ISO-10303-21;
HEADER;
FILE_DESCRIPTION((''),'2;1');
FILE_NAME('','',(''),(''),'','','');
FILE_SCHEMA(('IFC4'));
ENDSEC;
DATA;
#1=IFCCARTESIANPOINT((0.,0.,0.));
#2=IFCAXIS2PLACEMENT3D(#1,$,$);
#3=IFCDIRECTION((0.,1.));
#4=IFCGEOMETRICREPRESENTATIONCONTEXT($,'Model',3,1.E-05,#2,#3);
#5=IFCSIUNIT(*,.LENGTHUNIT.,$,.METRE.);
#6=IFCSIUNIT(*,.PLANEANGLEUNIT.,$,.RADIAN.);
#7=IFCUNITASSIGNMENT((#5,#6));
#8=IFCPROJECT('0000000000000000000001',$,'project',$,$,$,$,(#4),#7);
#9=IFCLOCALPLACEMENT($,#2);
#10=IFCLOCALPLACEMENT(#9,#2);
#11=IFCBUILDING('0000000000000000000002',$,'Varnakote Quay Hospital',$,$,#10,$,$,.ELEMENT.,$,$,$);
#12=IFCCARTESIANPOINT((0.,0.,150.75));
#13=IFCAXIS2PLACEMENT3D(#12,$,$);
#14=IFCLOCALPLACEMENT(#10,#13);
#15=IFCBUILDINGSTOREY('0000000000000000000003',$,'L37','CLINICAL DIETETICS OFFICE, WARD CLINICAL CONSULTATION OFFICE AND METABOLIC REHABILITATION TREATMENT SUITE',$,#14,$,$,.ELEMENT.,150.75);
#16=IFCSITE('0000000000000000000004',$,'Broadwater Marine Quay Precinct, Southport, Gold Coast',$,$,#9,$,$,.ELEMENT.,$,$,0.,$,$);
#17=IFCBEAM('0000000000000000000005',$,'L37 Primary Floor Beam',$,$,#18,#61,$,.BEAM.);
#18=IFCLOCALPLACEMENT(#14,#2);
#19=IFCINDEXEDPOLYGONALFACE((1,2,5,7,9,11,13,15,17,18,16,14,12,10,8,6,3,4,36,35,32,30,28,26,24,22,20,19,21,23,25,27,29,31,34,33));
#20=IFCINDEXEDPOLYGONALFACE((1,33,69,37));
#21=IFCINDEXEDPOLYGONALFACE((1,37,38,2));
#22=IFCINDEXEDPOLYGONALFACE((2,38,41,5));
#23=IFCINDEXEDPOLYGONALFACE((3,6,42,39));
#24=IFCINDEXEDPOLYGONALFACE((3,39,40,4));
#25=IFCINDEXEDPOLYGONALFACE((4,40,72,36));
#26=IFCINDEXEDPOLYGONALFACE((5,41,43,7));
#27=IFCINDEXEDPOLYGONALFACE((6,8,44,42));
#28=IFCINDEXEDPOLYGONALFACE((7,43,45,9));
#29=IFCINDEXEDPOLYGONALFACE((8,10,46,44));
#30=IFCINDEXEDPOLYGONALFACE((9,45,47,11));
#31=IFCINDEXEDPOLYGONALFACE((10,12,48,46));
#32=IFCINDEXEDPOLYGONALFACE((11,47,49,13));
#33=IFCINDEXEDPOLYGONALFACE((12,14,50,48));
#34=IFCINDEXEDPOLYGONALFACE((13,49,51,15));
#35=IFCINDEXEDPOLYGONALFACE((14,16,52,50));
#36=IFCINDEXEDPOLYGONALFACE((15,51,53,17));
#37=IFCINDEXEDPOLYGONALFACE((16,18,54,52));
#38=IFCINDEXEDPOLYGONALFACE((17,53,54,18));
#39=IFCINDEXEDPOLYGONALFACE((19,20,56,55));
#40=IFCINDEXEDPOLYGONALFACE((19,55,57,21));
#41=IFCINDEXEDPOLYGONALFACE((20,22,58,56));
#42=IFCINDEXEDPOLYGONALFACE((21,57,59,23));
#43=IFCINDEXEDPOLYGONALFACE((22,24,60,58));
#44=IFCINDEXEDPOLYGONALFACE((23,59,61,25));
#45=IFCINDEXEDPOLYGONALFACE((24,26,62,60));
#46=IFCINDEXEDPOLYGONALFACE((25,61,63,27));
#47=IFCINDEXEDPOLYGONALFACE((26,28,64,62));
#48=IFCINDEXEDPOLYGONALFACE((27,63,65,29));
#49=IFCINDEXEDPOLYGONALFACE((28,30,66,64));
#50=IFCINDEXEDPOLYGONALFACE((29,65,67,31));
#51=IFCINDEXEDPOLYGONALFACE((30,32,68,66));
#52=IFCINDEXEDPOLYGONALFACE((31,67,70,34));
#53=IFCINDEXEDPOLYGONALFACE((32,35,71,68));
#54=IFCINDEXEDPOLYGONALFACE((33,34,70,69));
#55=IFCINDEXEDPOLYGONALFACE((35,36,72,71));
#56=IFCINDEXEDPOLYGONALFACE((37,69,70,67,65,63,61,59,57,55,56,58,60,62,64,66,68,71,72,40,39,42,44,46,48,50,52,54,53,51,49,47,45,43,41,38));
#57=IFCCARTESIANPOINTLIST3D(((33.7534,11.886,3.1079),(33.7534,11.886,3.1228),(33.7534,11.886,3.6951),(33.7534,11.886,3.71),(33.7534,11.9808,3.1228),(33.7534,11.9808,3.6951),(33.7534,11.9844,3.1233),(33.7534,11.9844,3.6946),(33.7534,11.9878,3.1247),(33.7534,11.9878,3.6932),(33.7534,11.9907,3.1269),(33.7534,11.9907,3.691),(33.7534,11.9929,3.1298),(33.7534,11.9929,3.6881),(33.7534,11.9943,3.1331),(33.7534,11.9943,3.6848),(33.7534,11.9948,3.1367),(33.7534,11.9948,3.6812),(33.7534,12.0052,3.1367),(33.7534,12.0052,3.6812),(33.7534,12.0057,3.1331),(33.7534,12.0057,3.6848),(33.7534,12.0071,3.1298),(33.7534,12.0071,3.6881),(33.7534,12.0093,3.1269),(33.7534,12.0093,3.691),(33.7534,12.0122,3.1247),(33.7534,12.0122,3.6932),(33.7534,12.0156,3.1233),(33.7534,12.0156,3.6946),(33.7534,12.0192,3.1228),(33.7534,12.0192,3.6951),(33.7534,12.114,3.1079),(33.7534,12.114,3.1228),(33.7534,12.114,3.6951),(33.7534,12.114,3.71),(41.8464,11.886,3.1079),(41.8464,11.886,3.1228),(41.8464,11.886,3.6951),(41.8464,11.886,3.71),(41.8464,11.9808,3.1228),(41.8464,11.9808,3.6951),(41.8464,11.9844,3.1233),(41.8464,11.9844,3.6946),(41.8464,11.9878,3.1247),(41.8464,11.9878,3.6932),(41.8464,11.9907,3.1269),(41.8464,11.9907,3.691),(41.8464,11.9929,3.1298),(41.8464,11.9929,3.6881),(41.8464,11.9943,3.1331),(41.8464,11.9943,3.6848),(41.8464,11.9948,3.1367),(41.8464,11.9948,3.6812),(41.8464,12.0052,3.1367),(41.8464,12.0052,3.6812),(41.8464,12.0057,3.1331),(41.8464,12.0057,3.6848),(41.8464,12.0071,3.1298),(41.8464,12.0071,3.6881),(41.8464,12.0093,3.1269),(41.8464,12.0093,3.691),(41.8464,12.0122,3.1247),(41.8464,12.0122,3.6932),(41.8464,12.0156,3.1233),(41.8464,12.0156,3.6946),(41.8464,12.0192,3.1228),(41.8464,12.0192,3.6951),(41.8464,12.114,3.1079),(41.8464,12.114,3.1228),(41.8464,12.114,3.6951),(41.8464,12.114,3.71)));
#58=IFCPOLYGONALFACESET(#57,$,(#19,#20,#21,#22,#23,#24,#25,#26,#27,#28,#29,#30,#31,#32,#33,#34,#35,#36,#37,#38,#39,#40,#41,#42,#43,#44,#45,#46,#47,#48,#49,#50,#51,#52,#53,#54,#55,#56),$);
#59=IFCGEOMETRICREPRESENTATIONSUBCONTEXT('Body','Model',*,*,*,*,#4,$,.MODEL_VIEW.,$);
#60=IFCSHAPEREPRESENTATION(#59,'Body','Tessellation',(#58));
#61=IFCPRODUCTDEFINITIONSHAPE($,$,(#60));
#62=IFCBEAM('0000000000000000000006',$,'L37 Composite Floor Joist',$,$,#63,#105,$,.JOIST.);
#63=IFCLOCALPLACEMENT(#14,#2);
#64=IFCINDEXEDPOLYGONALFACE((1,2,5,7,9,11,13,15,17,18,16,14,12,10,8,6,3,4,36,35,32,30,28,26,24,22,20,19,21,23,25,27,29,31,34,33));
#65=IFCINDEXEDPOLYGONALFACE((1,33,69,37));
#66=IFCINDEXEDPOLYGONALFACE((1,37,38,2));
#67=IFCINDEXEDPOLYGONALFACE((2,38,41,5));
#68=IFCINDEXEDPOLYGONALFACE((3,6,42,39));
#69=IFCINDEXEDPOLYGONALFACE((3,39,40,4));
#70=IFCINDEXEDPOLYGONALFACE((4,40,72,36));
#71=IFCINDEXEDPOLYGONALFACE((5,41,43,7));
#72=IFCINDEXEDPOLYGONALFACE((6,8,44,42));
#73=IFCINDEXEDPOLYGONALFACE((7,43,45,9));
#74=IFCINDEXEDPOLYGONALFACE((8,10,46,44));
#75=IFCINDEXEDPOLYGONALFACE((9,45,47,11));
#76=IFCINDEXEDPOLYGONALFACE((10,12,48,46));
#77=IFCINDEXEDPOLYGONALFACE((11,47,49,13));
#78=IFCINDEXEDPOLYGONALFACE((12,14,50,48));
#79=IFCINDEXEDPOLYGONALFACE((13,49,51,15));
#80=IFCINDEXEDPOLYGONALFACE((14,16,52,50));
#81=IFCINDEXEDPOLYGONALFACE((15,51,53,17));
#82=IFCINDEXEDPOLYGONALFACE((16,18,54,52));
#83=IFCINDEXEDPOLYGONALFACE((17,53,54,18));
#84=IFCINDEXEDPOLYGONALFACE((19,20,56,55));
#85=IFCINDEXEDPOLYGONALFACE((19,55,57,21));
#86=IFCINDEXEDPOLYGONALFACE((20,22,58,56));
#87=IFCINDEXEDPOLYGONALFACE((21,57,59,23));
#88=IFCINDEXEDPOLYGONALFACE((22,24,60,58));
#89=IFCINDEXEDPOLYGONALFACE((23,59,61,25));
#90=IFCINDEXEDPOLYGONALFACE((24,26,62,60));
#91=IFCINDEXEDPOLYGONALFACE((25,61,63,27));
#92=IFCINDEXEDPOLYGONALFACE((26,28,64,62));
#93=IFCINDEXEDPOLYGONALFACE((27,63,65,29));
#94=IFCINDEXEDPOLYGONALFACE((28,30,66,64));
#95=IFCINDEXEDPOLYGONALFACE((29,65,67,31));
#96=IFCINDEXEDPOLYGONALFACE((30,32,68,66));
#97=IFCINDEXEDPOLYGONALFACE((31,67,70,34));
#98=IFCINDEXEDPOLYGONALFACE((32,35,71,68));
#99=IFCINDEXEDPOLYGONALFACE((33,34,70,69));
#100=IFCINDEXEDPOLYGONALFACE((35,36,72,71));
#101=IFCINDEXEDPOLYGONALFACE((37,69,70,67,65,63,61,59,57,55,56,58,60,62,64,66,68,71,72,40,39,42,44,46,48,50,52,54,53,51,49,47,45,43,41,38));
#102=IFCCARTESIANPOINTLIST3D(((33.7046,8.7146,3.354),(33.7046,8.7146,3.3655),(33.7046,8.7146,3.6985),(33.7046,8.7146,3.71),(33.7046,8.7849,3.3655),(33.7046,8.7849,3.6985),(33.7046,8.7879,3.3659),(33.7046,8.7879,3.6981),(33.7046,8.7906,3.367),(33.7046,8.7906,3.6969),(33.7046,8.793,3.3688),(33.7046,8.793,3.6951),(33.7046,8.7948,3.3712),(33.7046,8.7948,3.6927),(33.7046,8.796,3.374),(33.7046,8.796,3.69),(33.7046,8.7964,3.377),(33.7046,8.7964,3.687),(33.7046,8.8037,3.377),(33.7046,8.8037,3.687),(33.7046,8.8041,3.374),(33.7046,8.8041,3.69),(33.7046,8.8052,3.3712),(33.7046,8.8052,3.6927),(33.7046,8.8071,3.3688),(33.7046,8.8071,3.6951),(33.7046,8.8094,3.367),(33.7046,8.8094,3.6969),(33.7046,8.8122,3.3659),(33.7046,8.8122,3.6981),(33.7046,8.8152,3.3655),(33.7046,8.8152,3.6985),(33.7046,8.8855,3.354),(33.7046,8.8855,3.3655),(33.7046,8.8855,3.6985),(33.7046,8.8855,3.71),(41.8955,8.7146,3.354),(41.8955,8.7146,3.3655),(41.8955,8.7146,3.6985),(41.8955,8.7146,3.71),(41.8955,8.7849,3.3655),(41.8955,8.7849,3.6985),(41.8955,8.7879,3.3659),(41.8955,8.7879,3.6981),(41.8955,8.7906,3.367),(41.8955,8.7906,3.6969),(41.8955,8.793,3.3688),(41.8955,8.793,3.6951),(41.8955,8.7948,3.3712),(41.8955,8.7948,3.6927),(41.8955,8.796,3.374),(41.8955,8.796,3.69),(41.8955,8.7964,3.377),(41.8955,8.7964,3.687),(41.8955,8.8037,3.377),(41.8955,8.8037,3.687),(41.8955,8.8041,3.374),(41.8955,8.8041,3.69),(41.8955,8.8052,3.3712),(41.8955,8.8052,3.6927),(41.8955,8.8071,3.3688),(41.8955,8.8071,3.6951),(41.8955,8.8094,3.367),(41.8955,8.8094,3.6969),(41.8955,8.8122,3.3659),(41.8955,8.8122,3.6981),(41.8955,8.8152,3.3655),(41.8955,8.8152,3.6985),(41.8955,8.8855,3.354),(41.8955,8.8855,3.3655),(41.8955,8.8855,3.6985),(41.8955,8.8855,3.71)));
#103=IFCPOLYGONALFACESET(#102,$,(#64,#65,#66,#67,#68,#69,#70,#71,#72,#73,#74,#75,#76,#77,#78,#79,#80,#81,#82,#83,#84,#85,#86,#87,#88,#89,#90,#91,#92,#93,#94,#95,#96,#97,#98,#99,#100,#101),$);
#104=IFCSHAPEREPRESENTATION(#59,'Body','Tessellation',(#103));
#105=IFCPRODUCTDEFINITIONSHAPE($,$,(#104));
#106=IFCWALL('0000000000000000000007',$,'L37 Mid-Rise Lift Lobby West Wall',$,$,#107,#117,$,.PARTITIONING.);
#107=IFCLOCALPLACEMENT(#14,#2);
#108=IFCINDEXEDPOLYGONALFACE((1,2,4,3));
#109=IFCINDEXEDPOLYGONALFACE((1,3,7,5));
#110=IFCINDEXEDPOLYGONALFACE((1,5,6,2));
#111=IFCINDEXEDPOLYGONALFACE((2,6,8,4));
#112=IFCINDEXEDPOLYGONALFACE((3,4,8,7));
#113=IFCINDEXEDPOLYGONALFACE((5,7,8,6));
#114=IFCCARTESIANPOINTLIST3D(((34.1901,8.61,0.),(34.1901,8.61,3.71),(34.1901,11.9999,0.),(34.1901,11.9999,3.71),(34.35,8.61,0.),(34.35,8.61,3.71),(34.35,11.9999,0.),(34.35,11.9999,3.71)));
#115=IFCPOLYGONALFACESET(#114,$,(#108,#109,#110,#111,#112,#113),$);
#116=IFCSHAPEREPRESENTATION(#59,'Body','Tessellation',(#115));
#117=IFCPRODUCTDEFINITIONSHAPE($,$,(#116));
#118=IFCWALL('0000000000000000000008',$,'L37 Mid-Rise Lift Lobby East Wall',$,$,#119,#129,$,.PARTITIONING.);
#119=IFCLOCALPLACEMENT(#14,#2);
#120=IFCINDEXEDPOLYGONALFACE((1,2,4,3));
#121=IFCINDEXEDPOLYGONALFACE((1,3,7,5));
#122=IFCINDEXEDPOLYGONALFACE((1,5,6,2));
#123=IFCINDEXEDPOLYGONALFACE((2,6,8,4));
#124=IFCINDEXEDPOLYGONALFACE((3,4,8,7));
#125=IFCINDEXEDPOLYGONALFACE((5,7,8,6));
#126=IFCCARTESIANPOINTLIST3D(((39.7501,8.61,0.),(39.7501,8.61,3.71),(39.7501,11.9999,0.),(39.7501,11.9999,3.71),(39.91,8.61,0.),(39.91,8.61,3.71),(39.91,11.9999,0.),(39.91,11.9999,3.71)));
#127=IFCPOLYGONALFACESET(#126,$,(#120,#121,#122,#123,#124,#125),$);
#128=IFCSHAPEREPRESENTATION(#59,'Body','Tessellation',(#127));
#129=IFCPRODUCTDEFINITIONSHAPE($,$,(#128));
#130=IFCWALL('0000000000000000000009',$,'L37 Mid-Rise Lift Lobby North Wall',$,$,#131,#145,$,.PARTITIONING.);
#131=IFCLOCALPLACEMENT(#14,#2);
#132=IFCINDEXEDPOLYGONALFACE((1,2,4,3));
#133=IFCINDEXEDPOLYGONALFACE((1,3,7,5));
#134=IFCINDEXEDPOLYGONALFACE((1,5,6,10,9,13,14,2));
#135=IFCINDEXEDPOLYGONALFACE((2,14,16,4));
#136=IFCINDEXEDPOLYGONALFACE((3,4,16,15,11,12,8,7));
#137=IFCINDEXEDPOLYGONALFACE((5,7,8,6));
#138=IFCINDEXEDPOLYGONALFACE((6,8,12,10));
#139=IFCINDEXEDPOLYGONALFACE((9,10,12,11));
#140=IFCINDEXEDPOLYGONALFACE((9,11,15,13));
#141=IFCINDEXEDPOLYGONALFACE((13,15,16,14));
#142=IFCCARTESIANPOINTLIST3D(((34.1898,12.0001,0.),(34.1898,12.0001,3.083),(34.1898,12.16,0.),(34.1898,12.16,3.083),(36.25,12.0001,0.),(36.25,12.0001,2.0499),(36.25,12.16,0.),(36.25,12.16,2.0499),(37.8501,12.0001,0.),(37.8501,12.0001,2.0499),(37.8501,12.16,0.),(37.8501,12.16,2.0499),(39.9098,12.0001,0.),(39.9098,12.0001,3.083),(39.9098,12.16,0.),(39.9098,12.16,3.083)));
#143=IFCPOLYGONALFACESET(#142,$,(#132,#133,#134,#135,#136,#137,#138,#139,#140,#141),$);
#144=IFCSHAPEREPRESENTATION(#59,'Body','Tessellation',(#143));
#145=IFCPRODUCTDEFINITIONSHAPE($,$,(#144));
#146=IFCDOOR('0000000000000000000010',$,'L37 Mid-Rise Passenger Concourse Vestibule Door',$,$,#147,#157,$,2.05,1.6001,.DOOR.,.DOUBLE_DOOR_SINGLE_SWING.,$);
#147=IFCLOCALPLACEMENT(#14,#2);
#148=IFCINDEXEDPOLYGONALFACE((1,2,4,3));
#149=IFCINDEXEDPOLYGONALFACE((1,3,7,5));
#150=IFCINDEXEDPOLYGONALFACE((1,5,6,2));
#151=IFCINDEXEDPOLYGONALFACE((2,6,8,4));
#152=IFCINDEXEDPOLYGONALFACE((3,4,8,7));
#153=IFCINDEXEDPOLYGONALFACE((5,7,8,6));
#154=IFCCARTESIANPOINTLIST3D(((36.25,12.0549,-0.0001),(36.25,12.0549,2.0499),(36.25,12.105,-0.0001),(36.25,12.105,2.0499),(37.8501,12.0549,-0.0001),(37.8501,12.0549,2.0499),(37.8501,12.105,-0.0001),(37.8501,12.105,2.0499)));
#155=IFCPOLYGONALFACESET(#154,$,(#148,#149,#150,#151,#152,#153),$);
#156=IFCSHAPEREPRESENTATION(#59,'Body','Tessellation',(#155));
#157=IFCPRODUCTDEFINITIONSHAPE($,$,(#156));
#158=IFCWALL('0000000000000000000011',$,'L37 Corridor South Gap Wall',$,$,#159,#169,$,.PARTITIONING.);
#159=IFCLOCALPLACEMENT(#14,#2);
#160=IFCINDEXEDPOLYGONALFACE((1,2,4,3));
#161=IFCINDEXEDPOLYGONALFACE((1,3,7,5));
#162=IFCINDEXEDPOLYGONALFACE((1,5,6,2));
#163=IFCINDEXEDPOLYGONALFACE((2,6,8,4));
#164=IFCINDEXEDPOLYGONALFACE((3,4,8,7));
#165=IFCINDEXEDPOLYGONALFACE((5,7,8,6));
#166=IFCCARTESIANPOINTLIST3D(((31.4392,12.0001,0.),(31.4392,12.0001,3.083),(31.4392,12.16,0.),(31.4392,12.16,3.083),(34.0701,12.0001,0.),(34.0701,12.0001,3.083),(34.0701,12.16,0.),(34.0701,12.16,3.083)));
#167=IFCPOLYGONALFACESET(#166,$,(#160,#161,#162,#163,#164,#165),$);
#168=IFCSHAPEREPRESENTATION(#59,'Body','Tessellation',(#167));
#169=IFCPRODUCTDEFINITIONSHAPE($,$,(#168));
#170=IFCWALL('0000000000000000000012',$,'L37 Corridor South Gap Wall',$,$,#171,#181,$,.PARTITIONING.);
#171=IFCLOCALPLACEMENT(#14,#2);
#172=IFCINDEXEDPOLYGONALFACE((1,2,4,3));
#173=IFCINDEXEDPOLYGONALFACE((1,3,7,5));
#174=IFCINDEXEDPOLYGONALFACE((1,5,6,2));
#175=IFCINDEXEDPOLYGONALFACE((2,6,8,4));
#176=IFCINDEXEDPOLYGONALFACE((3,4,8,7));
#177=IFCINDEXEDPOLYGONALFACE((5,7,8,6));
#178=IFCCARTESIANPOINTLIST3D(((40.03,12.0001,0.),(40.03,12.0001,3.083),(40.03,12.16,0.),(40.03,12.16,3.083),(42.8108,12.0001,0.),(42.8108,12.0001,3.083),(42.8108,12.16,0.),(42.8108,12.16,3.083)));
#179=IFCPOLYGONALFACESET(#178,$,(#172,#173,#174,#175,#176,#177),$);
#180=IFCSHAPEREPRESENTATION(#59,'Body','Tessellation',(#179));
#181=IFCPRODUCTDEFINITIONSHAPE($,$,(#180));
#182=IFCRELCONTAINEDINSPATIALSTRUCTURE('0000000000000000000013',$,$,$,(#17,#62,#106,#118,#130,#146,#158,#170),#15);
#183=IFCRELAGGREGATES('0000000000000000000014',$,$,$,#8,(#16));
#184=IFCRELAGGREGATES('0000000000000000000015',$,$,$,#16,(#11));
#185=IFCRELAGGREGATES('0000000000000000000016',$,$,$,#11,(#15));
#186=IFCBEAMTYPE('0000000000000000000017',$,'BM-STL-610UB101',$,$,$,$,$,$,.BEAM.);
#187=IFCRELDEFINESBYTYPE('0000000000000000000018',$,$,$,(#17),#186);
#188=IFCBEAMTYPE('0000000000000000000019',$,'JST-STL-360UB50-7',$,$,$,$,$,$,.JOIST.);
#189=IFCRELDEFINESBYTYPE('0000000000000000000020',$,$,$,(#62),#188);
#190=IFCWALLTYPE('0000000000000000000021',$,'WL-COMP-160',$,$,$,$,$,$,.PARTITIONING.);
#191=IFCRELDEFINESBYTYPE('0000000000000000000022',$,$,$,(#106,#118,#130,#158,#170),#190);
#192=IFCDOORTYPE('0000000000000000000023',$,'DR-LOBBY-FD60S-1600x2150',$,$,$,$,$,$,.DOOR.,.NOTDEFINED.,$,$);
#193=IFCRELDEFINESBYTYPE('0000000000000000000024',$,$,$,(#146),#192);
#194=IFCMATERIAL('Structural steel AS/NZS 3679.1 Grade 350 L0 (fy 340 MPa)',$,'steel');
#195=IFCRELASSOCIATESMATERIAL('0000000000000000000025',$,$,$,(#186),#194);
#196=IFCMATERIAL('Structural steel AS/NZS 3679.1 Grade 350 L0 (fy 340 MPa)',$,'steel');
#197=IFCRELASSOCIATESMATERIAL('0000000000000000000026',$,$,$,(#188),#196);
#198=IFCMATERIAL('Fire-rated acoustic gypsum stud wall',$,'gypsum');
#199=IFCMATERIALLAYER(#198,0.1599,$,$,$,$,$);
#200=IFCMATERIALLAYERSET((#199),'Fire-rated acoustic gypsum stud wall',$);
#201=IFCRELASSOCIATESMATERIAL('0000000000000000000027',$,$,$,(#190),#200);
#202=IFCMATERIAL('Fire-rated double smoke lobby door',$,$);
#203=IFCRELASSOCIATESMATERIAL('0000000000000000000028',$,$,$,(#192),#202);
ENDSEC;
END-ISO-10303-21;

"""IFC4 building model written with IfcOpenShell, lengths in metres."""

from ifc_helpers import new_model, si_unit, direction, frame, frame_2d, origin, origin_2d, place, context, subcontext, project, spatial, rectangle, i_section, extrude, material, layer, layer_set, material_profile, profile_set, type_object, element, fill, save


model = new_model("IFC4")

# Units and contexts
model_context = context("Model", 3, precision=1e-05, world=origin(), true_north=direction((0.0, 1.0)))
body_context = subcontext(model_context, "Body", "Model", "MODEL_VIEW")
ifc_project = project(units=[si_unit("LENGTHUNIT", "METRE"), si_unit("PLANEANGLEUNIT", "RADIAN")], contexts=[model_context])

# Site, building, storey
site_placement = place(None, origin())
site = spatial("IfcSite", under=ifc_project, at=site_placement, Name="Broadwater Marine Quay Precinct, Southport, Gold Coast", CompositionType="ELEMENT", RefElevation=0.0)
building_placement = place(site_placement, origin())
building = spatial("IfcBuilding", under=site, at=building_placement, Name="Varnakote Quay Hospital", CompositionType="ELEMENT")
storey_placement = place(building_placement, frame((0.0, 0.0, 150.75)))
storey = spatial("IfcBuildingStorey", under=building, at=storey_placement, Name="L37", Description="CLINICAL DIETETICS OFFICE, WARD CLINICAL CONSULTATION OFFICE AND METABOLIC REHABILITATION TREATMENT SUITE", CompositionType="ELEMENT", Elevation=150.75)

# Beams
ifc_material_1 = material(Name="Structural steel AS/NZS 3679.1 Grade 350 L0 (fy 340 MPa)", Category="steel")
ifc_material_profile_1 = material_profile(ifc_material_1, i_section(OverallWidth=0.228, OverallDepth=0.6021, WebThickness=0.0105, FlangeThickness=0.0149, FilletRadius=0.0139, at=origin_2d()), Name="610UB101")
ifc_profile_set_1 = profile_set([ifc_material_profile_1], Name="Structural steel AS/NZS 3679.1 Grade 350 L0 (fy 340 MPa)")
beam_type_1 = type_object("IfcBeamType", Name="BM-STL-610UB101", PredefinedType="BEAM", material=ifc_profile_set_1)
beam_1_placement = place(storey_placement, frame((33.7534, 12.0, 3.4089), z_axis=(1.0, 0.0, 0.0), x_axis=(0.0, 1.0, 0.0)))
element("IfcBeam", 1, at=beam_1_placement, inside=storey, type_object=beam_type_1, Name="L37 Primary Floor Beam", PredefinedType="BEAM", context=body_context, shape_type="SweptSolid", body=[
    extrude(i_section(OverallWidth=0.228, OverallDepth=0.6021, WebThickness=0.0105, FlangeThickness=0.0149, FilletRadius=0.0139, at=origin_2d()), origin(), (0.0, 0.0, 1.0), 8.093),
])
ifc_material_2 = material(Name="Structural steel AS/NZS 3679.1 Grade 350 L0 (fy 340 MPa)", Category="steel")
ifc_material_profile_2 = material_profile(ifc_material_2, i_section(OverallWidth=0.1709, OverallDepth=0.356, WebThickness=0.0073, FlangeThickness=0.0115, FilletRadius=0.0115, at=origin_2d()), Name="360UB50.7")
ifc_profile_set_2 = profile_set([ifc_material_profile_2], Name="Structural steel AS/NZS 3679.1 Grade 350 L0 (fy 340 MPa)")
beam_type_2 = type_object("IfcBeamType", Name="JST-STL-360UB50-7", PredefinedType="JOIST", material=ifc_profile_set_2)
beam_2_placement = place(storey_placement, frame((33.7046, 8.8, 3.532), z_axis=(1.0, 0.0, 0.0), x_axis=(0.0, 1.0, 0.0)))
element("IfcBeam", 2, at=beam_2_placement, inside=storey, type_object=beam_type_2, Name="L37 Composite Floor Joist", PredefinedType="JOIST", context=body_context, shape_type="SweptSolid", body=[
    extrude(i_section(OverallWidth=0.1709, OverallDepth=0.356, WebThickness=0.0073, FlangeThickness=0.0115, FilletRadius=0.0115, at=origin_2d()), origin(), (0.0, 0.0, 1.0), 8.1909),
])

# Walls
ifc_material_3 = material(Name="Fire-rated acoustic gypsum stud wall", Category="gypsum")
ifc_layer_1 = layer(ifc_material_3, 0.1599)
ifc_layer_set_1 = layer_set([ifc_layer_1], Name="Fire-rated acoustic gypsum stud wall")
wall_type_1 = type_object("IfcWallType", Name="WL-COMP-160", PredefinedType="PARTITIONING", material=ifc_layer_set_1)
for number, where, z_axis, x_axis, name in (
    (3, (34.27, 8.6101, 0.0), (0.0, 0.0, 1.0), (0.0, 1.0, 0.0), "L37 Mid-Rise Lift Lobby West Wall"),
    (4, (39.8301, 8.6101, 0.0), (0.0, 0.0, 1.0), (0.0, 1.0, 0.0), "L37 Mid-Rise Lift Lobby East Wall"),
):
    element("IfcWall", number, at=place(storey_placement, frame(where, z_axis=z_axis, x_axis=x_axis)), inside=storey, type_object=wall_type_1, Name=name, PredefinedType="PARTITIONING", context=body_context, shape_type="SweptSolid", body=[
        extrude(rectangle(XDim=3.3899, YDim=0.1599, at=frame_2d((1.6948, 0.0))), origin(), (0.0, 0.0, 1.0), 3.71),
    ])

# Wall, opening, door
wall_1_placement = place(storey_placement, frame((34.1899, 12.0801, 0.0), z_axis=(0.0, 0.0, 1.0), x_axis=(1.0, 0.0, 0.0)))
wall_1 = element("IfcWall", 5, at=wall_1_placement, inside=storey, type_object=wall_type_1, Name="L37 Mid-Rise Lift Lobby North Wall", PredefinedType="PARTITIONING", context=body_context, shape_type="SweptSolid", body=[
    extrude(rectangle(XDim=5.72, YDim=0.1599, at=frame_2d((2.8599, 0.0))), origin(), (0.0, 0.0, 1.0), 3.083),
])
opening_1_placement = place(wall_1_placement, frame((2.0601, 0.0, 0.0)))
opening_1 = element("IfcOpeningElement", 6, at=opening_1_placement, cuts=wall_1, PredefinedType="OPENING", context=body_context, shape_type="SweptSolid", body=[
    extrude(rectangle(XDim=1.6001, YDim=2.05, at=frame_2d((0.8, 1.0249))), frame((0.0, 0.0898, 0.0), z_axis=(0.0, -1.0, 0.0), x_axis=(1.0, 0.0, 0.0)), (0.0, 0.0, 1.0), 0.1799),
])
ifc_material_4 = material(Name="Fire-rated double smoke lobby door")
door_type_1 = type_object("IfcDoorType", Name="DR-LOBBY-FD60S-1600x2150", OperationType="NOTDEFINED", PredefinedType="DOOR", material=ifc_material_4)
door_1_placement = place(opening_1_placement, origin())
door_1 = element("IfcDoor", 7, at=door_1_placement, inside=storey, type_object=door_type_1, Name="L37 Mid-Rise Passenger Concourse Vestibule Door", OperationType="DOUBLE_DOOR_SINGLE_SWING", OverallHeight=2.05, OverallWidth=1.6001, PredefinedType="DOOR", context=body_context, shape_type="SweptSolid", body=[
    extrude(rectangle(XDim=1.6001, YDim=2.05, at=frame_2d((0.8, 1.0249))), frame((0.0, 0.0249, 0.0), z_axis=(0.0, -1.0, 0.0), x_axis=(1.0, 0.0, 0.0)), (0.0, 0.0, 1.0), 0.05),
])
fill(opening_1, door_1)

# Walls
wall_2_placement = place(storey_placement, frame((31.4392, 12.0801, 0.0), z_axis=(0.0, 0.0, 1.0), x_axis=(1.0, 0.0, 0.0)))
element("IfcWall", 8, at=wall_2_placement, inside=storey, type_object=wall_type_1, Name="L37 Corridor South Gap Wall", PredefinedType="PARTITIONING", context=body_context, shape_type="SweptSolid", body=[
    extrude(rectangle(XDim=2.6309, YDim=0.1599, at=frame_2d((1.3154, 0.0))), origin(), (0.0, 0.0, 1.0), 3.083),
])
wall_3_placement = place(storey_placement, frame((40.03, 12.0801, 0.0), z_axis=(0.0, 0.0, 1.0), x_axis=(1.0, 0.0, 0.0)))
element("IfcWall", 9, at=wall_3_placement, inside=storey, type_object=wall_type_1, Name="L37 Corridor South Gap Wall", PredefinedType="PARTITIONING", context=body_context, shape_type="SweptSolid", body=[
    extrude(rectangle(XDim=2.7808, YDim=0.1599, at=frame_2d((1.3904, 0.0))), origin(), (0.0, 0.0, 1.0), 3.083),
])

save(model, "model.ifc")
